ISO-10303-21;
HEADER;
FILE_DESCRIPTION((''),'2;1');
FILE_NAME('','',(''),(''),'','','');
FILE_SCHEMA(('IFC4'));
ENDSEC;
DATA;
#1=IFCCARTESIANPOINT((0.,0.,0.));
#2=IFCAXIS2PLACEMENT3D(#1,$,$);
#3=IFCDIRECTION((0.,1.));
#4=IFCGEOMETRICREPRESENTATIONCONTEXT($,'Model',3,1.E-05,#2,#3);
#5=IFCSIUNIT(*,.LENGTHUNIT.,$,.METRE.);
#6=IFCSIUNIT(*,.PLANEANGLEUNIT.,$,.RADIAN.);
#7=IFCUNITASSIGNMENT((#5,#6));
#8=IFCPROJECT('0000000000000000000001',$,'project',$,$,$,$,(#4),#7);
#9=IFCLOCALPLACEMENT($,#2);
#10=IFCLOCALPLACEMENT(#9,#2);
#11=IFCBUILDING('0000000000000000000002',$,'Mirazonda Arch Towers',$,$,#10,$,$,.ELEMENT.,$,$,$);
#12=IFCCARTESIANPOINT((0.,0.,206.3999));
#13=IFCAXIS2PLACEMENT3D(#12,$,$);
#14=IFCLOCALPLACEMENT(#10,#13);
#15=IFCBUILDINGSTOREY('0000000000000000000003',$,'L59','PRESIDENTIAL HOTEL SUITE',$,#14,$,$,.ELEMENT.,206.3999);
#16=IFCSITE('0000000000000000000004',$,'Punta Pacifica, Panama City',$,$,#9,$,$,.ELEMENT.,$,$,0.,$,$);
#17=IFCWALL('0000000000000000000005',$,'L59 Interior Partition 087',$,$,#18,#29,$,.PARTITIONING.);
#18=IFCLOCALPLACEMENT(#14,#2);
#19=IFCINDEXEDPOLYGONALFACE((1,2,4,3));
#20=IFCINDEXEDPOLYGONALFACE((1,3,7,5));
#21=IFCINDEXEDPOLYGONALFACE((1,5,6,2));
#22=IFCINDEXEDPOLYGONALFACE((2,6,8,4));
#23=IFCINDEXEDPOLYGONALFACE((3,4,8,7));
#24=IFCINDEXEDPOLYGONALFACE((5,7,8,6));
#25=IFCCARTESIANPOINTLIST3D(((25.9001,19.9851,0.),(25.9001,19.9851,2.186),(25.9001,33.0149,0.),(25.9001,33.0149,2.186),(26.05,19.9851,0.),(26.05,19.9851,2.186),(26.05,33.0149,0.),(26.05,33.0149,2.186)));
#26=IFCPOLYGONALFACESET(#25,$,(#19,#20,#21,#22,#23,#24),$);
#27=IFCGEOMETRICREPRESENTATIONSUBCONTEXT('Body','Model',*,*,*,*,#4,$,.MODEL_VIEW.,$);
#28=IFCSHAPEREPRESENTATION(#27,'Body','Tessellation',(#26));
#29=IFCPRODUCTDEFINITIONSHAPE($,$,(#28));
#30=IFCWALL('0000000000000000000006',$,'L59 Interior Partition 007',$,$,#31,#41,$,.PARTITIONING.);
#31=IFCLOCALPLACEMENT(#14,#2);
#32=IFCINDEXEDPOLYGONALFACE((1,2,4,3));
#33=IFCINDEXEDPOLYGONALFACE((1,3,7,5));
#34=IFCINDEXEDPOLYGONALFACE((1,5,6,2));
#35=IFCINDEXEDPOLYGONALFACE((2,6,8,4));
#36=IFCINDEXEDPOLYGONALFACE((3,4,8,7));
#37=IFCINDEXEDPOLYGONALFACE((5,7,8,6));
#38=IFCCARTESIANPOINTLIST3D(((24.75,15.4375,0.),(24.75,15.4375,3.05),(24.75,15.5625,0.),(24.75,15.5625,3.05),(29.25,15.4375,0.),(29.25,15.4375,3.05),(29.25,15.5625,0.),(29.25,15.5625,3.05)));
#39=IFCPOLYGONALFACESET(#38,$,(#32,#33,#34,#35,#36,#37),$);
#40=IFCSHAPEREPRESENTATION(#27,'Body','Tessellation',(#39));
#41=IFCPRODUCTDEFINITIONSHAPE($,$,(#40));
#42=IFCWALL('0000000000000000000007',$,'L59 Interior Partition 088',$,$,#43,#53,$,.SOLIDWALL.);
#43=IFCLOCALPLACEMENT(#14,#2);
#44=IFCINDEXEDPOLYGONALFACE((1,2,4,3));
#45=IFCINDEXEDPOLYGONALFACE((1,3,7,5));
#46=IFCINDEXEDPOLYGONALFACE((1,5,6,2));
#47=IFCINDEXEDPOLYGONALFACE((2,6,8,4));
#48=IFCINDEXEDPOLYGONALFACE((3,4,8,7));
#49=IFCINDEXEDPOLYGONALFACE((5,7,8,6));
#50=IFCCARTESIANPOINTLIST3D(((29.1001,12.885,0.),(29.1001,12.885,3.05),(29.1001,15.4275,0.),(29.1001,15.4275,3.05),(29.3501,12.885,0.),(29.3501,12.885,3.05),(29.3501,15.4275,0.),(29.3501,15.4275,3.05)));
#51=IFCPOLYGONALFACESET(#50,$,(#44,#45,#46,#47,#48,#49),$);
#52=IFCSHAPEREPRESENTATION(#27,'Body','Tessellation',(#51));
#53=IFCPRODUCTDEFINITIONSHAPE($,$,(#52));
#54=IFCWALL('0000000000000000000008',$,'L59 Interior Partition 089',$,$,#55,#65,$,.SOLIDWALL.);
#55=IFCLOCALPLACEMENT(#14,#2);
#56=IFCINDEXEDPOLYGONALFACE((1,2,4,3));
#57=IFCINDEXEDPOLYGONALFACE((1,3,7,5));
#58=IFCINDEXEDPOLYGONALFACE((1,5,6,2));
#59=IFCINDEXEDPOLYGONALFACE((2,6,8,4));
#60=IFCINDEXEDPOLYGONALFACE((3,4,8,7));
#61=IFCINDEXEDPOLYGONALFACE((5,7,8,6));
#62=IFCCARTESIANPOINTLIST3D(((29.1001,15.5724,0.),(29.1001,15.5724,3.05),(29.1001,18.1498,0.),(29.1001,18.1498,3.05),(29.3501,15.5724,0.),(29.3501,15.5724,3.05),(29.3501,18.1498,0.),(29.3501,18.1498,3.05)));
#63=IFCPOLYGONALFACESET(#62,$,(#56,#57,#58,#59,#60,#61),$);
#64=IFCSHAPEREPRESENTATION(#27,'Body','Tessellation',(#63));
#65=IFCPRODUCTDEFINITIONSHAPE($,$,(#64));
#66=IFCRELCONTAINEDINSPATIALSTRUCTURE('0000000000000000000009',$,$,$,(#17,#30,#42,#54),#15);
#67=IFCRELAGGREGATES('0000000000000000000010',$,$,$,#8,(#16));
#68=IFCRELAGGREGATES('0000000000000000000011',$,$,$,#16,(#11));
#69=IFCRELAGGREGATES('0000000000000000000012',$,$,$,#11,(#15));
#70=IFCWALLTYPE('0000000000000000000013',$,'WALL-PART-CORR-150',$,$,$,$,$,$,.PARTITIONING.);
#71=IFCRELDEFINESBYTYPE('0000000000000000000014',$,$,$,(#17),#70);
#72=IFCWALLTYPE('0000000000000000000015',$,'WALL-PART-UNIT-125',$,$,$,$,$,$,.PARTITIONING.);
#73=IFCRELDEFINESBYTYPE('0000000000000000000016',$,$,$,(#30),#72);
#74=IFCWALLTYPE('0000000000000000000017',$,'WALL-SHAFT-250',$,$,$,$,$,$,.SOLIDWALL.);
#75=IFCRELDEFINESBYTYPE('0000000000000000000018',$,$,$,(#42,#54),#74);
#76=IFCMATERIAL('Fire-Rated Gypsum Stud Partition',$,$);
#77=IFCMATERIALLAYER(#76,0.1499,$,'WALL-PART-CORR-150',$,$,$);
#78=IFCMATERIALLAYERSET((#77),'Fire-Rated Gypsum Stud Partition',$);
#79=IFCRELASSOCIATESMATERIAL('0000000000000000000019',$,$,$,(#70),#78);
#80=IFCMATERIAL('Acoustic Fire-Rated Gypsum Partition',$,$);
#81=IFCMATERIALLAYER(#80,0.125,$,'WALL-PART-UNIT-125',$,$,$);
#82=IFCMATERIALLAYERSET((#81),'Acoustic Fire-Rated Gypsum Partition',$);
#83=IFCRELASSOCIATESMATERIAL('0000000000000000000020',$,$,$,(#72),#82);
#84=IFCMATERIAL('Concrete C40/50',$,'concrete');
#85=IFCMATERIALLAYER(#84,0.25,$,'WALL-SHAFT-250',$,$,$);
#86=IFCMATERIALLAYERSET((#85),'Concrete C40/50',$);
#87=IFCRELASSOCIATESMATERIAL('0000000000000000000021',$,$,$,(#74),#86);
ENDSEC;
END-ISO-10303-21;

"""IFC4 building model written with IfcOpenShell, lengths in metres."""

from ifc_helpers import new_model, si_unit, direction, frame, frame_2d, origin, place, context, subcontext, project, spatial, rectangle, extrude, material, layer, layer_set, type_object, element, save


model = new_model("IFC4")

# Units and contexts
model_context = context("Model", 3, precision=1e-05, world=origin(), true_north=direction((0.0, 1.0)))
body_context = subcontext(model_context, "Body", "Model", "MODEL_VIEW")
ifc_project = project(units=[si_unit("LENGTHUNIT", "METRE"), si_unit("PLANEANGLEUNIT", "RADIAN")], contexts=[model_context])

# Site, building, storey
site_placement = place(None, origin())
site = spatial("IfcSite", under=ifc_project, at=site_placement, Name="Punta Pacifica, Panama City", CompositionType="ELEMENT", RefElevation=0.0)
building_placement = place(site_placement, origin())
building = spatial("IfcBuilding", under=site, at=building_placement, Name="Mirazonda Arch Towers", CompositionType="ELEMENT")
storey_placement = place(building_placement, frame((0.0, 0.0, 206.3999)))
storey = spatial("IfcBuildingStorey", under=building, at=storey_placement, Name="L59", Description="PRESIDENTIAL HOTEL SUITE", CompositionType="ELEMENT", Elevation=206.3999)

# Shared definitions
ifc_material_1 = material(Name="Concrete C40/50", Category="concrete")
ifc_material_2 = material(Name="Fire-Rated Gypsum Stud Partition")
ifc_layer_1 = layer(ifc_material_2, 0.1499, Name="WALL-PART-CORR-150")
ifc_layer_set_1 = layer_set([ifc_layer_1], Name="Fire-Rated Gypsum Stud Partition")
wall_type_1 = type_object("IfcWallType", Name="WALL-PART-CORR-150", PredefinedType="PARTITIONING", material=ifc_layer_set_1)

# Walls
wall_1_placement = place(storey_placement, frame((25.9751, 19.9851, 0.0), z_axis=(0.0, 0.0, 1.0), x_axis=(0.0, 1.0, 0.0)))
element("IfcWall", 1, at=wall_1_placement, inside=storey, type_object=wall_type_1, Name="L59 Interior Partition 087", PredefinedType="PARTITIONING", context=body_context, shape_type="SweptSolid", body=[
    extrude(rectangle(XDim=13.0298, YDim=0.1499, at=frame_2d((6.5149, 0.0))), origin(), (0.0, 0.0, 1.0), 2.186),
])
ifc_material_3 = material(Name="Acoustic Fire-Rated Gypsum Partition")
ifc_layer_2 = layer(ifc_material_3, 0.125, Name="WALL-PART-UNIT-125")
ifc_layer_set_2 = layer_set([ifc_layer_2], Name="Acoustic Fire-Rated Gypsum Partition")
wall_type_2 = type_object("IfcWallType", Name="WALL-PART-UNIT-125", PredefinedType="PARTITIONING", material=ifc_layer_set_2)
wall_2_placement = place(storey_placement, frame((24.75, 15.5, 0.0), z_axis=(0.0, 0.0, 1.0), x_axis=(1.0, 0.0, 0.0)))
element("IfcWall", 2, at=wall_2_placement, inside=storey, type_object=wall_type_2, Name="L59 Interior Partition 007", PredefinedType="PARTITIONING", context=body_context, shape_type="SweptSolid", body=[
    extrude(rectangle(XDim=4.5, YDim=0.125, at=frame_2d((2.25, 0.0))), origin(), (0.0, 0.0, 1.0), 3.05),
])
ifc_layer_3 = layer(ifc_material_1, 0.25, Name="WALL-SHAFT-250")
ifc_layer_set_3 = layer_set([ifc_layer_3], Name="Concrete C40/50")
wall_type_3 = type_object("IfcWallType", Name="WALL-SHAFT-250", PredefinedType="SOLIDWALL", material=ifc_layer_set_3)
wall_3_placement = place(storey_placement, frame((29.2251, 12.885, 0.0), z_axis=(0.0, 0.0, 1.0), x_axis=(0.0, 1.0, 0.0)))
element("IfcWall", 3, at=wall_3_placement, inside=storey, type_object=wall_type_3, Name="L59 Interior Partition 088", PredefinedType="SOLIDWALL", context=body_context, shape_type="SweptSolid", body=[
    extrude(rectangle(XDim=2.5425, YDim=0.25, at=frame_2d((1.2712, 0.0))), origin(), (0.0, 0.0, 1.0), 3.05),
])
wall_4_placement = place(storey_placement, frame((29.2251, 15.5725, 0.0), z_axis=(0.0, 0.0, 1.0), x_axis=(0.0, 1.0, 0.0)))
element("IfcWall", 4, at=wall_4_placement, inside=storey, type_object=wall_type_3, Name="L59 Interior Partition 089", PredefinedType="SOLIDWALL", context=body_context, shape_type="SweptSolid", body=[
    extrude(rectangle(XDim=2.5774, YDim=0.25, at=frame_2d((1.2886, 0.0))), origin(), (0.0, 0.0, 1.0), 3.05),
])

save(model, "model.ifc")
